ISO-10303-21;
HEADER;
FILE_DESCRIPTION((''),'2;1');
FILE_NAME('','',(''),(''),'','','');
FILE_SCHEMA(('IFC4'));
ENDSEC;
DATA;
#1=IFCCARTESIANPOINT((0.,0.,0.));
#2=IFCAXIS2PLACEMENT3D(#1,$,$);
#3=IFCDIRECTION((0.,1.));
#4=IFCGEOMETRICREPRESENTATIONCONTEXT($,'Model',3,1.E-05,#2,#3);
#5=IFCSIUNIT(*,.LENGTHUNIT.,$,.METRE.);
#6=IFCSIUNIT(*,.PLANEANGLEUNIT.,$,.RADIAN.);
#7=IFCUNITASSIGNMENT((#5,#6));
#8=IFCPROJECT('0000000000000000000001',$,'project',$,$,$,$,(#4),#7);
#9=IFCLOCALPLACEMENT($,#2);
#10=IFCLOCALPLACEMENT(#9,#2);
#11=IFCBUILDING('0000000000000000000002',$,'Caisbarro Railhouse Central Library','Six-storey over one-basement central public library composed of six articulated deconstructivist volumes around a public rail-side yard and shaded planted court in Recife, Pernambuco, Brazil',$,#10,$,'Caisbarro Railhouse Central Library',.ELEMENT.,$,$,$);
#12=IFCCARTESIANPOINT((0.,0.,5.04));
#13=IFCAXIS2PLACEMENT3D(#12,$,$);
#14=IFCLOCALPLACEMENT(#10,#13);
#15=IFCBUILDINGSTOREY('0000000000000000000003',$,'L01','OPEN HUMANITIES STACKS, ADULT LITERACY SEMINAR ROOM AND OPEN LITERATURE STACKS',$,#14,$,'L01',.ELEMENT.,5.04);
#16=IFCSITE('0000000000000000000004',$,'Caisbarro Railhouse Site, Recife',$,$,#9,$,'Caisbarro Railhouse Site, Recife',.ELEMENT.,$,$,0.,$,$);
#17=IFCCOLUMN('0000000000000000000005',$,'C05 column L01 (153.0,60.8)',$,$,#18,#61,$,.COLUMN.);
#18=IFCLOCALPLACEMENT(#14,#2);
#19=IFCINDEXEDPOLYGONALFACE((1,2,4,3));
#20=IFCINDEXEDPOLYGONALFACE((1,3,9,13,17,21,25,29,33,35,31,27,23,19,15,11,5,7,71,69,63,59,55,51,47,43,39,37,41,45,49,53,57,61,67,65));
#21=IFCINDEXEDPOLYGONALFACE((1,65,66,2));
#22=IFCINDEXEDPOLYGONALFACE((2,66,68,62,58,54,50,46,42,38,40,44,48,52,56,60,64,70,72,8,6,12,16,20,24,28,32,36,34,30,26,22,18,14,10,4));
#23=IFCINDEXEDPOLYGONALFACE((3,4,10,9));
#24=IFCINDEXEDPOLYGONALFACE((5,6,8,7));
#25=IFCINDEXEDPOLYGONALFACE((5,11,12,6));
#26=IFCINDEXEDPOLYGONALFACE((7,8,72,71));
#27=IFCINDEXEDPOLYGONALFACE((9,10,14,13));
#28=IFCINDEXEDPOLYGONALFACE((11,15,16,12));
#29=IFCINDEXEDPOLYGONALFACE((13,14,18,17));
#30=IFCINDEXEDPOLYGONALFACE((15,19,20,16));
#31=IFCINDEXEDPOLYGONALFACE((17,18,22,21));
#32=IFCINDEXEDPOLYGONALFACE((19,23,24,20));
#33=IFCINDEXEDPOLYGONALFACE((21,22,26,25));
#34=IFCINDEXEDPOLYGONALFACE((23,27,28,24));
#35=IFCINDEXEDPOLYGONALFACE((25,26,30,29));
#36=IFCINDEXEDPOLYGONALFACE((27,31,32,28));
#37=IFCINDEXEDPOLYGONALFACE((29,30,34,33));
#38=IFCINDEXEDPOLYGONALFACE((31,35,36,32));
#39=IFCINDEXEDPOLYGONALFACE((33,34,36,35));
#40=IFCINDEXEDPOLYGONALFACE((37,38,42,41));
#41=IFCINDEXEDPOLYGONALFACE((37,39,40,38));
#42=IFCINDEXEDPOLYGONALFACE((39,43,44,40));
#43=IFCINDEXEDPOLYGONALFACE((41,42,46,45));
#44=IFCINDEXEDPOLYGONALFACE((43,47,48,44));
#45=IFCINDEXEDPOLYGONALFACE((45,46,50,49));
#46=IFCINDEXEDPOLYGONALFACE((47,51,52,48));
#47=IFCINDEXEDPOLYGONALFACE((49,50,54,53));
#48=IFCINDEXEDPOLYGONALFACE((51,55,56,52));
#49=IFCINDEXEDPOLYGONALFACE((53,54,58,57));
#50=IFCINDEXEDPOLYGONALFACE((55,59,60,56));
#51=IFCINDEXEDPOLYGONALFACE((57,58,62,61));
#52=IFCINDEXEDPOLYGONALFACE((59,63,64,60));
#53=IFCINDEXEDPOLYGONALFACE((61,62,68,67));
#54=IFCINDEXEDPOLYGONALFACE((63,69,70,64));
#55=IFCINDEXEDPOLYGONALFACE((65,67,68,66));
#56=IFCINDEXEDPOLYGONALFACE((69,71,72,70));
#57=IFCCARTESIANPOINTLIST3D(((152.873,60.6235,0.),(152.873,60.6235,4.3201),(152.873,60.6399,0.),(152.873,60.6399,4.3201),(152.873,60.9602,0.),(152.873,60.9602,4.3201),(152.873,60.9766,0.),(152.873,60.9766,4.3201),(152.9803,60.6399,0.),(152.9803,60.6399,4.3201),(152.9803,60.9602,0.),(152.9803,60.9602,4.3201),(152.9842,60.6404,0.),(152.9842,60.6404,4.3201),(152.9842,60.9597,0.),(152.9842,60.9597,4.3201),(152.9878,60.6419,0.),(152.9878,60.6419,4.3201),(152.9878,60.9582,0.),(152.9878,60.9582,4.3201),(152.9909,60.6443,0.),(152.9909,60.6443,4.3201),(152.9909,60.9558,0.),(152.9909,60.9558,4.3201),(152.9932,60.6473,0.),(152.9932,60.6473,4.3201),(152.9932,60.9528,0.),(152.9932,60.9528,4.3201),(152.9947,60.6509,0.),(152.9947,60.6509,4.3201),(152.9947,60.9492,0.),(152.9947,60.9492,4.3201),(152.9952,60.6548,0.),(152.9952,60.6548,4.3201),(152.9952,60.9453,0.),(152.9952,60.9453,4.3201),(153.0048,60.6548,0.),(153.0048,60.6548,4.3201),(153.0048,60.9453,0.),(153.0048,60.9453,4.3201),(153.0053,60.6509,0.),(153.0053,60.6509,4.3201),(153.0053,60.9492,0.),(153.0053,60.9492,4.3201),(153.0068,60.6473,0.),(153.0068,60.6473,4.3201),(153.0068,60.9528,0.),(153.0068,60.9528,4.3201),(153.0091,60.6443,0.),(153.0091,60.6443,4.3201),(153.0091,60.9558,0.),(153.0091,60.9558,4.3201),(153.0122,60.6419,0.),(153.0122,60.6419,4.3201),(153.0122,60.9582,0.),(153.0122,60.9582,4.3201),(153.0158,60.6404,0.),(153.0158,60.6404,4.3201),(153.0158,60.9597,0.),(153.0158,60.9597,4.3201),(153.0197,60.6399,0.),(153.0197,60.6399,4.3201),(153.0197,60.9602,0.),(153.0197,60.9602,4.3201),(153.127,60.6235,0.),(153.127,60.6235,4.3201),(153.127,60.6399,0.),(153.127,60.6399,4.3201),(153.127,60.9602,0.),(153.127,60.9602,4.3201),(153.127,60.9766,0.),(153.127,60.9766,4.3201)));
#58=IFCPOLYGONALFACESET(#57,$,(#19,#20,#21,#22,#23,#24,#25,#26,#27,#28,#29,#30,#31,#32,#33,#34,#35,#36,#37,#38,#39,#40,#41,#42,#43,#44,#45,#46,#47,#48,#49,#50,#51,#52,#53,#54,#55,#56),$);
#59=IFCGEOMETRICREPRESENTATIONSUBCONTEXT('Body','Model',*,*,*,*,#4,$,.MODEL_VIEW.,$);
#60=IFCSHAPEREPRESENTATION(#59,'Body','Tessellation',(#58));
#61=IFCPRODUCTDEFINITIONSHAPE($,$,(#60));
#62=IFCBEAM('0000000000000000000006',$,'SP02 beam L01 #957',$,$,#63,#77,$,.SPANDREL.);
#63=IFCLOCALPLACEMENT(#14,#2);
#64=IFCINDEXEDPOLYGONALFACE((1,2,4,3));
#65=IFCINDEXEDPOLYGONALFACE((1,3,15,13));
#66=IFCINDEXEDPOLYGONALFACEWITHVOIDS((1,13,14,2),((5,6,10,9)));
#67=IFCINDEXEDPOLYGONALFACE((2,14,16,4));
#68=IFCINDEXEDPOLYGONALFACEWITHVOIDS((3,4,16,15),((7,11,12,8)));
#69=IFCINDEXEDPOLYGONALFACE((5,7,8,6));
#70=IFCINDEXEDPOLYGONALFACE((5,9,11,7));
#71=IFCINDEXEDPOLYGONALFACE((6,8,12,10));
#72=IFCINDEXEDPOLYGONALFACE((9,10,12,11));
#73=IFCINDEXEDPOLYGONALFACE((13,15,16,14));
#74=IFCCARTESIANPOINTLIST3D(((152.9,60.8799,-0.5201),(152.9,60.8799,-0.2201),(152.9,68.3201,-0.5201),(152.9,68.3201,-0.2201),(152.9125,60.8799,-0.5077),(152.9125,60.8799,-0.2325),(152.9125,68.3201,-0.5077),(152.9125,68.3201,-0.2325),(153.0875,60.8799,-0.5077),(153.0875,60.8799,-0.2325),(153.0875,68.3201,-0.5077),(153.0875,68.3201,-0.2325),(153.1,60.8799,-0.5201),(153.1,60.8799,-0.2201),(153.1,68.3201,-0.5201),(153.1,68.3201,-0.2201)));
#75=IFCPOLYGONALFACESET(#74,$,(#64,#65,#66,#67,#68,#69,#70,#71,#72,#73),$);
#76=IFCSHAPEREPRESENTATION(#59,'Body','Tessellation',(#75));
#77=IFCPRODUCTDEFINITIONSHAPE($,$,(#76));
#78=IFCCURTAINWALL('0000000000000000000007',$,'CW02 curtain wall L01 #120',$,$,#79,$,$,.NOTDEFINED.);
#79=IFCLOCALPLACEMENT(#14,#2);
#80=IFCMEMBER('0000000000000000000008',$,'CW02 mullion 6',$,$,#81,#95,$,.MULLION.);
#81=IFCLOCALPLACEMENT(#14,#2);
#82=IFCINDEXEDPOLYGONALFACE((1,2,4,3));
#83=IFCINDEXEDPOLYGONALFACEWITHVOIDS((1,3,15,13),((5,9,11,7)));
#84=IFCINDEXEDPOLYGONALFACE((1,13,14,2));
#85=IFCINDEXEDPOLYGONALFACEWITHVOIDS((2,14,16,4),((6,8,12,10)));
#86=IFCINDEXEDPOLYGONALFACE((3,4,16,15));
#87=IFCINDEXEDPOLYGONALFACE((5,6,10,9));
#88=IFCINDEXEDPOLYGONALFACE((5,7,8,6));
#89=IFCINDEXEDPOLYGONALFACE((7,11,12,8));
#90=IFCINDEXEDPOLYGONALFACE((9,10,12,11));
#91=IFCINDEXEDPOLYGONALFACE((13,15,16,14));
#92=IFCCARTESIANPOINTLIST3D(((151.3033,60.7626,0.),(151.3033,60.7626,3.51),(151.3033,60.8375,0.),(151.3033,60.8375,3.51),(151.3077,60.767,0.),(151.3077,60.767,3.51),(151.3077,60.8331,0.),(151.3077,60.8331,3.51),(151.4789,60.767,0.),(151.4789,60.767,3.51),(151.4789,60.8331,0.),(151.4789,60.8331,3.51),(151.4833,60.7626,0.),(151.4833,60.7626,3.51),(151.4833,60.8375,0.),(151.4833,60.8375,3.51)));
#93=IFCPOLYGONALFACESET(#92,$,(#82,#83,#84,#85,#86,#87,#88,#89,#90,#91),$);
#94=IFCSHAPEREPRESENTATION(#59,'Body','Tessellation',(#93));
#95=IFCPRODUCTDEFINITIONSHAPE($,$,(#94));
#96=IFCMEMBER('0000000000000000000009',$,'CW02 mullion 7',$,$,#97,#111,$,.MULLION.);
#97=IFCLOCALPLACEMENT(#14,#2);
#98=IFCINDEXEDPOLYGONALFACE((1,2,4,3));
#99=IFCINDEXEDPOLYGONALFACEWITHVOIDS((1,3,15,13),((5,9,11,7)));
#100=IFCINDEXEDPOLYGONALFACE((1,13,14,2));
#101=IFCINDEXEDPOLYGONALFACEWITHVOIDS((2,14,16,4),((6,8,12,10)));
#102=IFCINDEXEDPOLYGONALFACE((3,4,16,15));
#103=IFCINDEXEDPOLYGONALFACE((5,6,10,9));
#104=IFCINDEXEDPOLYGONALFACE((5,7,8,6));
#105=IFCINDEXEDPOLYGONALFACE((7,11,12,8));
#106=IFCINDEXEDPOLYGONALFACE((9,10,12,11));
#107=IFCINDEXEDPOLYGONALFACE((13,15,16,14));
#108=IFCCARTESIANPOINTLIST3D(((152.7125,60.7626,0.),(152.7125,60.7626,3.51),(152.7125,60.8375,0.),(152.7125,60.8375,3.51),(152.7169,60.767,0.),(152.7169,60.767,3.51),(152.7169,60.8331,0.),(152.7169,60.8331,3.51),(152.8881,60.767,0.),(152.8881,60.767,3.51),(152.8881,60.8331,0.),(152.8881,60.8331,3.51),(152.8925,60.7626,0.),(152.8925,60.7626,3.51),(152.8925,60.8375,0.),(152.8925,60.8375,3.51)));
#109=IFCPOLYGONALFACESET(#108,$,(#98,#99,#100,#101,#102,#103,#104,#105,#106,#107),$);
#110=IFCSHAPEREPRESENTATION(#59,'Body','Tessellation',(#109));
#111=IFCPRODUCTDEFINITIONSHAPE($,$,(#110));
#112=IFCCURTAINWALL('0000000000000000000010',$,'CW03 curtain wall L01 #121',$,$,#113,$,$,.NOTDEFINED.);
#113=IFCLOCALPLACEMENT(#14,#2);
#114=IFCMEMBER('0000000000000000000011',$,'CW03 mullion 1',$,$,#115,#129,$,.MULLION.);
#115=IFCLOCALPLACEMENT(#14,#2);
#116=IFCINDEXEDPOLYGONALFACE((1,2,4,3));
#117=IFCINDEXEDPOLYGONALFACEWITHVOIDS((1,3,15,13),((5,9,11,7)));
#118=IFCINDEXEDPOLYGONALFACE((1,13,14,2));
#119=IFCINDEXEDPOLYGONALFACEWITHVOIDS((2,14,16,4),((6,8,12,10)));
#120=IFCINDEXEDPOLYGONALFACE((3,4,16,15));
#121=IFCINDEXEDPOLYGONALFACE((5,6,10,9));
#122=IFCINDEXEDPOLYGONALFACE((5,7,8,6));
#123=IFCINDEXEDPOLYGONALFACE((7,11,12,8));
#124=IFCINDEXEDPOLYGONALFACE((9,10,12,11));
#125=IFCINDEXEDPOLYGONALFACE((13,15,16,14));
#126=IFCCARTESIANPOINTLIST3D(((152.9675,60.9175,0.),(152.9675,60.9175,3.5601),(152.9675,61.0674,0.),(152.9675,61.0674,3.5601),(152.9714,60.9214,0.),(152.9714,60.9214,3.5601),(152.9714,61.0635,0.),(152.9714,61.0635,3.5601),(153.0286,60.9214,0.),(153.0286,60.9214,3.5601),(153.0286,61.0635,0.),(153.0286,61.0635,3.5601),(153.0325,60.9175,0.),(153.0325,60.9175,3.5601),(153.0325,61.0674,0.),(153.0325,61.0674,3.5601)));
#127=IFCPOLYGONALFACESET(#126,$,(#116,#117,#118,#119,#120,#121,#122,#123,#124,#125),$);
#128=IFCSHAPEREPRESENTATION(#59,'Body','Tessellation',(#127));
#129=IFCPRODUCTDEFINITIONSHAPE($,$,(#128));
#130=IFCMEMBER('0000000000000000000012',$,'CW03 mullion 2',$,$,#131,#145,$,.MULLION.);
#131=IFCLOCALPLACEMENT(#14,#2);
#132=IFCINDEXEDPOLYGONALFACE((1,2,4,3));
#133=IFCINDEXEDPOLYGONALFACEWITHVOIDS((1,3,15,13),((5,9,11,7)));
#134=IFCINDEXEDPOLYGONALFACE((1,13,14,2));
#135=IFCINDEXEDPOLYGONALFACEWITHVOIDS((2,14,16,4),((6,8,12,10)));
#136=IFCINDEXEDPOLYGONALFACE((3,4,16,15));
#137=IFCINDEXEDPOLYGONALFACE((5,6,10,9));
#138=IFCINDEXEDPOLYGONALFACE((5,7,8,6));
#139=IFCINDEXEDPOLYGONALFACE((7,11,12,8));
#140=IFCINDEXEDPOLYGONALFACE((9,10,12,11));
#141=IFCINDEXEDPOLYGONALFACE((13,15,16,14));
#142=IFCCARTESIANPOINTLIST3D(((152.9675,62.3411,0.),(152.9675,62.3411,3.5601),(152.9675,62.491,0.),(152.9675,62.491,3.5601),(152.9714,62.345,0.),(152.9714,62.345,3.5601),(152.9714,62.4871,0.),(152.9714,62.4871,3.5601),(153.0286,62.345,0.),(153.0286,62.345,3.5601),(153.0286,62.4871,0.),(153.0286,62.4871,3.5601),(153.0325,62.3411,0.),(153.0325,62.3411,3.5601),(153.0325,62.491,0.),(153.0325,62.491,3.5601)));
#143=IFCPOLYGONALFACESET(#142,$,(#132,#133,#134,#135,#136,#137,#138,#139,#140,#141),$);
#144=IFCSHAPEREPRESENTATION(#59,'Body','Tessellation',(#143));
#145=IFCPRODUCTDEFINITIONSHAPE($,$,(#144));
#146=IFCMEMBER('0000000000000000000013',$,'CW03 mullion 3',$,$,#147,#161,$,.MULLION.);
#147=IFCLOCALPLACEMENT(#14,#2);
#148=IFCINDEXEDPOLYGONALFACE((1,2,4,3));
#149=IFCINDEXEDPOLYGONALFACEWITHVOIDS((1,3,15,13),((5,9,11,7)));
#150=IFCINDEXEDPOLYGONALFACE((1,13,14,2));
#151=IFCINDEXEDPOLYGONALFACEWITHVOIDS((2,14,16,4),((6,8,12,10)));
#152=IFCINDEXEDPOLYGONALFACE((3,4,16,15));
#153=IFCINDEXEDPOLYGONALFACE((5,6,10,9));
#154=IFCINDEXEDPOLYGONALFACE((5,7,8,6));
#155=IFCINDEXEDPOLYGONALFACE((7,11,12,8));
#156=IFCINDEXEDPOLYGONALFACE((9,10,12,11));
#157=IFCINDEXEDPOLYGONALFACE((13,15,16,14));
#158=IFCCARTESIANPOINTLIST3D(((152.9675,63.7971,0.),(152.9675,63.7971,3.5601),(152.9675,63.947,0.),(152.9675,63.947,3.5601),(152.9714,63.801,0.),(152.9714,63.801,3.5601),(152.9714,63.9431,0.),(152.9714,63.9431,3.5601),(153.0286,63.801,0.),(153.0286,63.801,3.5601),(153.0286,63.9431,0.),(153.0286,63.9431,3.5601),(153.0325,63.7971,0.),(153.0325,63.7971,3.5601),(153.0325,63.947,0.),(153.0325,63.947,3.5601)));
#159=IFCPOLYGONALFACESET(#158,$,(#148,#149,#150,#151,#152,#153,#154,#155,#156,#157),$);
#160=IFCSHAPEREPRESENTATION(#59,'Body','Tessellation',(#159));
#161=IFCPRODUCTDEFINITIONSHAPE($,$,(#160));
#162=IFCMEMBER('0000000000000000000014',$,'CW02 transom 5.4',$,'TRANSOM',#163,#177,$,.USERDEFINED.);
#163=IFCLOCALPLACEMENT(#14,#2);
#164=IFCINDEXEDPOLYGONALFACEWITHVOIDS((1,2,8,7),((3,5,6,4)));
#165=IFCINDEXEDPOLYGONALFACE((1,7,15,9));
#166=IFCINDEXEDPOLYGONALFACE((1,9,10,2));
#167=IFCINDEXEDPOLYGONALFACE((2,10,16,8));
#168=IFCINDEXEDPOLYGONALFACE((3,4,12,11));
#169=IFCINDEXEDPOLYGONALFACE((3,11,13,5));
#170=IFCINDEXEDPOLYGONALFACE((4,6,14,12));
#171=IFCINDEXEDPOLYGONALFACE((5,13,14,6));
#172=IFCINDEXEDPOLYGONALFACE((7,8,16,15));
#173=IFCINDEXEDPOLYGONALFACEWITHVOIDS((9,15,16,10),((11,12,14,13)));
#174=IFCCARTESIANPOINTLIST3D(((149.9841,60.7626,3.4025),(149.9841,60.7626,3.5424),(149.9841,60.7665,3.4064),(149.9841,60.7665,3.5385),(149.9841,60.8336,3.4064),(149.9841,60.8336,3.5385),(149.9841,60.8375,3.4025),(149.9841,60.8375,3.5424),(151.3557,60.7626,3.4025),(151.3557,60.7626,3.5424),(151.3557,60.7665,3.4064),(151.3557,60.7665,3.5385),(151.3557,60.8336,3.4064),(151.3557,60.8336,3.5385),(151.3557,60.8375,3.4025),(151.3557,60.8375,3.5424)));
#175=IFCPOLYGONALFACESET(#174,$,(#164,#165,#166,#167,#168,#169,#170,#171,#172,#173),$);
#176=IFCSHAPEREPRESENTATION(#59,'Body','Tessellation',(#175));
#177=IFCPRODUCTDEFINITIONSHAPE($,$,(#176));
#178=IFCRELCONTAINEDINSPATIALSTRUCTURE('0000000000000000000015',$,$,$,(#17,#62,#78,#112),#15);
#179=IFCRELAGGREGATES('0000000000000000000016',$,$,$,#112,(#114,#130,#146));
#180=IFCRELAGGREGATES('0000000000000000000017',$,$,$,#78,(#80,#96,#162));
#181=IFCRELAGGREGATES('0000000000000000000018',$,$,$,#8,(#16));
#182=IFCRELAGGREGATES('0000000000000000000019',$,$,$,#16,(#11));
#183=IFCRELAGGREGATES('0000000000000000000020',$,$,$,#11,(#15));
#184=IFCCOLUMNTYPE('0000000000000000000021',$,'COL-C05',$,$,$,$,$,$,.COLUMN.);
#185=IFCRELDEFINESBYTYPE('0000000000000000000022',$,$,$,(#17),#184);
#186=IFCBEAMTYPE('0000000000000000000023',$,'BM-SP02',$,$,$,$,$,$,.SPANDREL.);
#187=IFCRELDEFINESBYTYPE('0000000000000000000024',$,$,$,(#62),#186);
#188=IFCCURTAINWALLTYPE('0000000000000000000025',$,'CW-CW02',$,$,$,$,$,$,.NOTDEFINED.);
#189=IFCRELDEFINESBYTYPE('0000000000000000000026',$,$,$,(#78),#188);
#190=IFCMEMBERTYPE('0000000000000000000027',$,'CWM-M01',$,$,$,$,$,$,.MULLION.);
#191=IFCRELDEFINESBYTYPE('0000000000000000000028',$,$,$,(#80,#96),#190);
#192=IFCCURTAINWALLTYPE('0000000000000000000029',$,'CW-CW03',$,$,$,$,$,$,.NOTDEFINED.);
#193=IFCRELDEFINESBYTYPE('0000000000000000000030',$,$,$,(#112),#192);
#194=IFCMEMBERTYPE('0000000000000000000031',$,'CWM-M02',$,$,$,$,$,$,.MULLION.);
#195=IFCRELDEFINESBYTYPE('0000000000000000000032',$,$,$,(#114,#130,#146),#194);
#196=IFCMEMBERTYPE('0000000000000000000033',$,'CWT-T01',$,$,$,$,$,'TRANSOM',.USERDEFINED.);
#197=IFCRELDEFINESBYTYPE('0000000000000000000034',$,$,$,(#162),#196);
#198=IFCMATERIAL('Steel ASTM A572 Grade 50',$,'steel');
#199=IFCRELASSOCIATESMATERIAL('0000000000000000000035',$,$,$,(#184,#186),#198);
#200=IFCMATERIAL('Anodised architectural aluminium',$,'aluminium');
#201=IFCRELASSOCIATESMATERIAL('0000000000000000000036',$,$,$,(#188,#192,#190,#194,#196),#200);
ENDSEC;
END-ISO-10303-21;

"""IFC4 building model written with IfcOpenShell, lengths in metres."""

from ifc_helpers import new_model, si_unit, direction, frame, origin, origin_2d, place, context, subcontext, project, spatial, hollow_rectangle, i_section, extrude, material, material_profile, profile_set, type_object, element, aggregate, save


model = new_model("IFC4")

# Units and contexts
model_context = context("Model", 3, precision=1e-05, world=origin(), true_north=direction((0.0, 1.0)))
body_context = subcontext(model_context, "Body", "Model", "MODEL_VIEW")
ifc_project = project(units=[si_unit("LENGTHUNIT", "METRE"), si_unit("PLANEANGLEUNIT", "RADIAN")], contexts=[model_context])

# Site, building, storey
site_placement = place(None, origin())
site = spatial("IfcSite", under=ifc_project, at=site_placement, Name="Caisbarro Railhouse Site, Recife", LongName="Caisbarro Railhouse Site, Recife", CompositionType="ELEMENT", RefElevation=0.0)
building_placement = place(site_placement, origin())
building = spatial("IfcBuilding", under=site, at=building_placement, Name="Caisbarro Railhouse Central Library", Description="Six-storey over one-basement central public library composed of six articulated deconstructivist volumes around a public rail-side yard and shaded planted court in Recife, Pernambuco, Brazil", LongName="Caisbarro Railhouse Central Library", CompositionType="ELEMENT")
storey_placement = place(building_placement, frame((0.0, 0.0, 5.04)))
storey = spatial("IfcBuildingStorey", under=building, at=storey_placement, Name="L01", Description="OPEN HUMANITIES STACKS, ADULT LITERACY SEMINAR ROOM AND OPEN LITERATURE STACKS", LongName="L01", CompositionType="ELEMENT", Elevation=5.04)

# Column
ifc_material_1 = material(Name="Steel ASTM A572 Grade 50", Category="steel")
ifc_material_profile_1 = material_profile(ifc_material_1, i_section(OverallWidth=0.2539, OverallDepth=0.353, WebThickness=0.0095, FlangeThickness=0.0164, FilletRadius=0.0149, at=origin_2d()), Name="W360X91.0")
ifc_profile_set_1 = profile_set([ifc_material_profile_1], Name="Steel ASTM A572 Grade 50")
column_type = type_object("IfcColumnType", Name="COL-C05", PredefinedType="COLUMN", material=ifc_profile_set_1)
column_placement = place(storey_placement, frame((153.0, 60.8, 0.0), z_axis=(0.0, 0.0, 1.0), x_axis=(1.0, 0.0, 0.0)))
element("IfcColumn", 1, at=column_placement, inside=storey, type_object=column_type, Name="C05 column L01 (153.0,60.8)", PredefinedType="COLUMN", context=body_context, shape_type="SweptSolid", body=[
    extrude(i_section(OverallWidth=0.2539, OverallDepth=0.353, WebThickness=0.0095, FlangeThickness=0.0164, FilletRadius=0.0149, at=origin_2d()), origin(), (0.0, 0.0, 1.0), 4.3201),
])

# Beam
ifc_material_profile_2 = material_profile(ifc_material_1, hollow_rectangle(XDim=0.2, YDim=0.3, WallThickness=0.0125, at=origin_2d()), Name="HSS300X200X12.5")
ifc_profile_set_2 = profile_set([ifc_material_profile_2], Name="Steel ASTM A572 Grade 50")
beam_type = type_object("IfcBeamType", Name="BM-SP02", PredefinedType="SPANDREL", material=ifc_profile_set_2)
beam_placement = place(storey_placement, frame((153.0, 60.8799, -0.3701), z_axis=(0.0, 1.0, 0.0), x_axis=(-1.0, 0.0, 0.0)))
element("IfcBeam", 2, at=beam_placement, inside=storey, type_object=beam_type, Name="SP02 beam L01 #957", PredefinedType="SPANDREL", context=body_context, shape_type="SweptSolid", body=[
    extrude(hollow_rectangle(XDim=0.2, YDim=0.3, WallThickness=0.0125, at=origin_2d()), origin(), (0.0, 0.0, 1.0), 7.4402),
])

# Curtain walls, members
ifc_material_2 = material(Name="Anodised architectural aluminium", Category="aluminium")
curtain_wall_type_1 = type_object("IfcCurtainWallType", Name="CW-CW02", PredefinedType="NOTDEFINED", material=ifc_material_2)
curtain_wall_1_placement = place(storey_placement, origin())
curtain_wall_1 = element("IfcCurtainWall", 3, at=curtain_wall_1_placement, inside=storey, type_object=curtain_wall_type_1, Name="CW02 curtain wall L01 #120", PredefinedType="NOTDEFINED")
ifc_material_profile_3 = material_profile(ifc_material_2, hollow_rectangle(XDim=0.075, YDim=0.1799, WallThickness=0.0044, at=origin_2d()), Name="ALU-MUL-75X180")
ifc_profile_set_3 = profile_set([ifc_material_profile_3], Name="Anodised architectural aluminium")
member_type_1 = type_object("IfcMemberType", Name="CWM-M01", PredefinedType="MULLION", material=ifc_profile_set_3)
member_1_placement = place(storey_placement, frame((151.3933, 60.8, 0.0), z_axis=(0.0, 0.0, 1.0), x_axis=(0.0, 1.0, 0.0)))
member_1 = element("IfcMember", 4, at=member_1_placement, type_object=member_type_1, Name="CW02 mullion 6", PredefinedType="MULLION", context=body_context, shape_type="SweptSolid", body=[
    extrude(hollow_rectangle(XDim=0.075, YDim=0.1799, WallThickness=0.0044, at=origin_2d()), origin(), (0.0, 0.0, 1.0), 3.51),
])
member_2_placement = place(storey_placement, frame((152.8025, 60.8, 0.0), z_axis=(0.0, 0.0, 1.0), x_axis=(0.0, 1.0, 0.0)))
member_2 = element("IfcMember", 5, at=member_2_placement, type_object=member_type_1, Name="CW02 mullion 7", PredefinedType="MULLION", context=body_context, shape_type="SweptSolid", body=[
    extrude(hollow_rectangle(XDim=0.075, YDim=0.1799, WallThickness=0.0044, at=origin_2d()), origin(), (0.0, 0.0, 1.0), 3.51),
])
curtain_wall_type_2 = type_object("IfcCurtainWallType", Name="CW-CW03", PredefinedType="NOTDEFINED", material=ifc_material_2)
curtain_wall_2_placement = place(storey_placement, origin())
curtain_wall_2 = element("IfcCurtainWall", 6, at=curtain_wall_2_placement, inside=storey, type_object=curtain_wall_type_2, Name="CW03 curtain wall L01 #121", PredefinedType="NOTDEFINED")
ifc_material_profile_4 = material_profile(ifc_material_2, hollow_rectangle(XDim=0.0649, YDim=0.1499, WallThickness=0.0039, at=origin_2d()), Name="ALU-MUL-65X150")
ifc_profile_set_4 = profile_set([ifc_material_profile_4], Name="Anodised architectural aluminium")
member_type_2 = type_object("IfcMemberType", Name="CWM-M02", PredefinedType="MULLION", material=ifc_profile_set_4)
member_3_placement = place(storey_placement, frame((153.0, 60.9924, 0.0), z_axis=(0.0, 0.0, 1.0), x_axis=(-1.0, 0.0, 0.0)))
member_3 = element("IfcMember", 7, at=member_3_placement, type_object=member_type_2, Name="CW03 mullion 1", PredefinedType="MULLION", context=body_context, shape_type="SweptSolid", body=[
    extrude(hollow_rectangle(XDim=0.0649, YDim=0.1499, WallThickness=0.0039, at=origin_2d()), origin(), (0.0, 0.0, 1.0), 3.5601),
])
member_4_placement = place(storey_placement, frame((153.0, 62.416, 0.0), z_axis=(0.0, 0.0, 1.0), x_axis=(-1.0, 0.0, 0.0)))
member_4 = element("IfcMember", 8, at=member_4_placement, type_object=member_type_2, Name="CW03 mullion 2", PredefinedType="MULLION", context=body_context, shape_type="SweptSolid", body=[
    extrude(hollow_rectangle(XDim=0.0649, YDim=0.1499, WallThickness=0.0039, at=origin_2d()), origin(), (0.0, 0.0, 1.0), 3.5601),
])
member_5_placement = place(storey_placement, frame((153.0, 63.8721, 0.0), z_axis=(0.0, 0.0, 1.0), x_axis=(-1.0, 0.0, 0.0)))
member_5 = element("IfcMember", 9, at=member_5_placement, type_object=member_type_2, Name="CW03 mullion 3", PredefinedType="MULLION", context=body_context, shape_type="SweptSolid", body=[
    extrude(hollow_rectangle(XDim=0.0649, YDim=0.1499, WallThickness=0.0039, at=origin_2d()), origin(), (0.0, 0.0, 1.0), 3.5601),
])

# Member
ifc_material_profile_5 = material_profile(ifc_material_2, hollow_rectangle(XDim=0.075, YDim=0.1399, WallThickness=0.0039, at=origin_2d()), Name="ALU-TRN-75X140")
ifc_profile_set_5 = profile_set([ifc_material_profile_5], Name="Anodised architectural aluminium")
member_type_3 = type_object("IfcMemberType", Name="CWT-T01", ElementType="TRANSOM", PredefinedType="USERDEFINED", material=ifc_profile_set_5)
member_6_placement = place(storey_placement, frame((149.9841, 60.8, 3.4724), z_axis=(1.0, 0.0, 0.0), x_axis=(0.0, 1.0, 0.0)))
member_6 = element("IfcMember", 10, at=member_6_placement, type_object=member_type_3, Name="CW02 transom 5.4", ObjectType="TRANSOM", PredefinedType="USERDEFINED", context=body_context, shape_type="SweptSolid", body=[
    extrude(hollow_rectangle(XDim=0.075, YDim=0.1399, WallThickness=0.0039, at=origin_2d()), origin(), (0.0, 0.0, 1.0), 1.3716),
])

aggregate(curtain_wall_2, [member_3, member_4, member_5])
aggregate(curtain_wall_1, [member_1, member_2, member_6])

save(model, "model.ifc")
